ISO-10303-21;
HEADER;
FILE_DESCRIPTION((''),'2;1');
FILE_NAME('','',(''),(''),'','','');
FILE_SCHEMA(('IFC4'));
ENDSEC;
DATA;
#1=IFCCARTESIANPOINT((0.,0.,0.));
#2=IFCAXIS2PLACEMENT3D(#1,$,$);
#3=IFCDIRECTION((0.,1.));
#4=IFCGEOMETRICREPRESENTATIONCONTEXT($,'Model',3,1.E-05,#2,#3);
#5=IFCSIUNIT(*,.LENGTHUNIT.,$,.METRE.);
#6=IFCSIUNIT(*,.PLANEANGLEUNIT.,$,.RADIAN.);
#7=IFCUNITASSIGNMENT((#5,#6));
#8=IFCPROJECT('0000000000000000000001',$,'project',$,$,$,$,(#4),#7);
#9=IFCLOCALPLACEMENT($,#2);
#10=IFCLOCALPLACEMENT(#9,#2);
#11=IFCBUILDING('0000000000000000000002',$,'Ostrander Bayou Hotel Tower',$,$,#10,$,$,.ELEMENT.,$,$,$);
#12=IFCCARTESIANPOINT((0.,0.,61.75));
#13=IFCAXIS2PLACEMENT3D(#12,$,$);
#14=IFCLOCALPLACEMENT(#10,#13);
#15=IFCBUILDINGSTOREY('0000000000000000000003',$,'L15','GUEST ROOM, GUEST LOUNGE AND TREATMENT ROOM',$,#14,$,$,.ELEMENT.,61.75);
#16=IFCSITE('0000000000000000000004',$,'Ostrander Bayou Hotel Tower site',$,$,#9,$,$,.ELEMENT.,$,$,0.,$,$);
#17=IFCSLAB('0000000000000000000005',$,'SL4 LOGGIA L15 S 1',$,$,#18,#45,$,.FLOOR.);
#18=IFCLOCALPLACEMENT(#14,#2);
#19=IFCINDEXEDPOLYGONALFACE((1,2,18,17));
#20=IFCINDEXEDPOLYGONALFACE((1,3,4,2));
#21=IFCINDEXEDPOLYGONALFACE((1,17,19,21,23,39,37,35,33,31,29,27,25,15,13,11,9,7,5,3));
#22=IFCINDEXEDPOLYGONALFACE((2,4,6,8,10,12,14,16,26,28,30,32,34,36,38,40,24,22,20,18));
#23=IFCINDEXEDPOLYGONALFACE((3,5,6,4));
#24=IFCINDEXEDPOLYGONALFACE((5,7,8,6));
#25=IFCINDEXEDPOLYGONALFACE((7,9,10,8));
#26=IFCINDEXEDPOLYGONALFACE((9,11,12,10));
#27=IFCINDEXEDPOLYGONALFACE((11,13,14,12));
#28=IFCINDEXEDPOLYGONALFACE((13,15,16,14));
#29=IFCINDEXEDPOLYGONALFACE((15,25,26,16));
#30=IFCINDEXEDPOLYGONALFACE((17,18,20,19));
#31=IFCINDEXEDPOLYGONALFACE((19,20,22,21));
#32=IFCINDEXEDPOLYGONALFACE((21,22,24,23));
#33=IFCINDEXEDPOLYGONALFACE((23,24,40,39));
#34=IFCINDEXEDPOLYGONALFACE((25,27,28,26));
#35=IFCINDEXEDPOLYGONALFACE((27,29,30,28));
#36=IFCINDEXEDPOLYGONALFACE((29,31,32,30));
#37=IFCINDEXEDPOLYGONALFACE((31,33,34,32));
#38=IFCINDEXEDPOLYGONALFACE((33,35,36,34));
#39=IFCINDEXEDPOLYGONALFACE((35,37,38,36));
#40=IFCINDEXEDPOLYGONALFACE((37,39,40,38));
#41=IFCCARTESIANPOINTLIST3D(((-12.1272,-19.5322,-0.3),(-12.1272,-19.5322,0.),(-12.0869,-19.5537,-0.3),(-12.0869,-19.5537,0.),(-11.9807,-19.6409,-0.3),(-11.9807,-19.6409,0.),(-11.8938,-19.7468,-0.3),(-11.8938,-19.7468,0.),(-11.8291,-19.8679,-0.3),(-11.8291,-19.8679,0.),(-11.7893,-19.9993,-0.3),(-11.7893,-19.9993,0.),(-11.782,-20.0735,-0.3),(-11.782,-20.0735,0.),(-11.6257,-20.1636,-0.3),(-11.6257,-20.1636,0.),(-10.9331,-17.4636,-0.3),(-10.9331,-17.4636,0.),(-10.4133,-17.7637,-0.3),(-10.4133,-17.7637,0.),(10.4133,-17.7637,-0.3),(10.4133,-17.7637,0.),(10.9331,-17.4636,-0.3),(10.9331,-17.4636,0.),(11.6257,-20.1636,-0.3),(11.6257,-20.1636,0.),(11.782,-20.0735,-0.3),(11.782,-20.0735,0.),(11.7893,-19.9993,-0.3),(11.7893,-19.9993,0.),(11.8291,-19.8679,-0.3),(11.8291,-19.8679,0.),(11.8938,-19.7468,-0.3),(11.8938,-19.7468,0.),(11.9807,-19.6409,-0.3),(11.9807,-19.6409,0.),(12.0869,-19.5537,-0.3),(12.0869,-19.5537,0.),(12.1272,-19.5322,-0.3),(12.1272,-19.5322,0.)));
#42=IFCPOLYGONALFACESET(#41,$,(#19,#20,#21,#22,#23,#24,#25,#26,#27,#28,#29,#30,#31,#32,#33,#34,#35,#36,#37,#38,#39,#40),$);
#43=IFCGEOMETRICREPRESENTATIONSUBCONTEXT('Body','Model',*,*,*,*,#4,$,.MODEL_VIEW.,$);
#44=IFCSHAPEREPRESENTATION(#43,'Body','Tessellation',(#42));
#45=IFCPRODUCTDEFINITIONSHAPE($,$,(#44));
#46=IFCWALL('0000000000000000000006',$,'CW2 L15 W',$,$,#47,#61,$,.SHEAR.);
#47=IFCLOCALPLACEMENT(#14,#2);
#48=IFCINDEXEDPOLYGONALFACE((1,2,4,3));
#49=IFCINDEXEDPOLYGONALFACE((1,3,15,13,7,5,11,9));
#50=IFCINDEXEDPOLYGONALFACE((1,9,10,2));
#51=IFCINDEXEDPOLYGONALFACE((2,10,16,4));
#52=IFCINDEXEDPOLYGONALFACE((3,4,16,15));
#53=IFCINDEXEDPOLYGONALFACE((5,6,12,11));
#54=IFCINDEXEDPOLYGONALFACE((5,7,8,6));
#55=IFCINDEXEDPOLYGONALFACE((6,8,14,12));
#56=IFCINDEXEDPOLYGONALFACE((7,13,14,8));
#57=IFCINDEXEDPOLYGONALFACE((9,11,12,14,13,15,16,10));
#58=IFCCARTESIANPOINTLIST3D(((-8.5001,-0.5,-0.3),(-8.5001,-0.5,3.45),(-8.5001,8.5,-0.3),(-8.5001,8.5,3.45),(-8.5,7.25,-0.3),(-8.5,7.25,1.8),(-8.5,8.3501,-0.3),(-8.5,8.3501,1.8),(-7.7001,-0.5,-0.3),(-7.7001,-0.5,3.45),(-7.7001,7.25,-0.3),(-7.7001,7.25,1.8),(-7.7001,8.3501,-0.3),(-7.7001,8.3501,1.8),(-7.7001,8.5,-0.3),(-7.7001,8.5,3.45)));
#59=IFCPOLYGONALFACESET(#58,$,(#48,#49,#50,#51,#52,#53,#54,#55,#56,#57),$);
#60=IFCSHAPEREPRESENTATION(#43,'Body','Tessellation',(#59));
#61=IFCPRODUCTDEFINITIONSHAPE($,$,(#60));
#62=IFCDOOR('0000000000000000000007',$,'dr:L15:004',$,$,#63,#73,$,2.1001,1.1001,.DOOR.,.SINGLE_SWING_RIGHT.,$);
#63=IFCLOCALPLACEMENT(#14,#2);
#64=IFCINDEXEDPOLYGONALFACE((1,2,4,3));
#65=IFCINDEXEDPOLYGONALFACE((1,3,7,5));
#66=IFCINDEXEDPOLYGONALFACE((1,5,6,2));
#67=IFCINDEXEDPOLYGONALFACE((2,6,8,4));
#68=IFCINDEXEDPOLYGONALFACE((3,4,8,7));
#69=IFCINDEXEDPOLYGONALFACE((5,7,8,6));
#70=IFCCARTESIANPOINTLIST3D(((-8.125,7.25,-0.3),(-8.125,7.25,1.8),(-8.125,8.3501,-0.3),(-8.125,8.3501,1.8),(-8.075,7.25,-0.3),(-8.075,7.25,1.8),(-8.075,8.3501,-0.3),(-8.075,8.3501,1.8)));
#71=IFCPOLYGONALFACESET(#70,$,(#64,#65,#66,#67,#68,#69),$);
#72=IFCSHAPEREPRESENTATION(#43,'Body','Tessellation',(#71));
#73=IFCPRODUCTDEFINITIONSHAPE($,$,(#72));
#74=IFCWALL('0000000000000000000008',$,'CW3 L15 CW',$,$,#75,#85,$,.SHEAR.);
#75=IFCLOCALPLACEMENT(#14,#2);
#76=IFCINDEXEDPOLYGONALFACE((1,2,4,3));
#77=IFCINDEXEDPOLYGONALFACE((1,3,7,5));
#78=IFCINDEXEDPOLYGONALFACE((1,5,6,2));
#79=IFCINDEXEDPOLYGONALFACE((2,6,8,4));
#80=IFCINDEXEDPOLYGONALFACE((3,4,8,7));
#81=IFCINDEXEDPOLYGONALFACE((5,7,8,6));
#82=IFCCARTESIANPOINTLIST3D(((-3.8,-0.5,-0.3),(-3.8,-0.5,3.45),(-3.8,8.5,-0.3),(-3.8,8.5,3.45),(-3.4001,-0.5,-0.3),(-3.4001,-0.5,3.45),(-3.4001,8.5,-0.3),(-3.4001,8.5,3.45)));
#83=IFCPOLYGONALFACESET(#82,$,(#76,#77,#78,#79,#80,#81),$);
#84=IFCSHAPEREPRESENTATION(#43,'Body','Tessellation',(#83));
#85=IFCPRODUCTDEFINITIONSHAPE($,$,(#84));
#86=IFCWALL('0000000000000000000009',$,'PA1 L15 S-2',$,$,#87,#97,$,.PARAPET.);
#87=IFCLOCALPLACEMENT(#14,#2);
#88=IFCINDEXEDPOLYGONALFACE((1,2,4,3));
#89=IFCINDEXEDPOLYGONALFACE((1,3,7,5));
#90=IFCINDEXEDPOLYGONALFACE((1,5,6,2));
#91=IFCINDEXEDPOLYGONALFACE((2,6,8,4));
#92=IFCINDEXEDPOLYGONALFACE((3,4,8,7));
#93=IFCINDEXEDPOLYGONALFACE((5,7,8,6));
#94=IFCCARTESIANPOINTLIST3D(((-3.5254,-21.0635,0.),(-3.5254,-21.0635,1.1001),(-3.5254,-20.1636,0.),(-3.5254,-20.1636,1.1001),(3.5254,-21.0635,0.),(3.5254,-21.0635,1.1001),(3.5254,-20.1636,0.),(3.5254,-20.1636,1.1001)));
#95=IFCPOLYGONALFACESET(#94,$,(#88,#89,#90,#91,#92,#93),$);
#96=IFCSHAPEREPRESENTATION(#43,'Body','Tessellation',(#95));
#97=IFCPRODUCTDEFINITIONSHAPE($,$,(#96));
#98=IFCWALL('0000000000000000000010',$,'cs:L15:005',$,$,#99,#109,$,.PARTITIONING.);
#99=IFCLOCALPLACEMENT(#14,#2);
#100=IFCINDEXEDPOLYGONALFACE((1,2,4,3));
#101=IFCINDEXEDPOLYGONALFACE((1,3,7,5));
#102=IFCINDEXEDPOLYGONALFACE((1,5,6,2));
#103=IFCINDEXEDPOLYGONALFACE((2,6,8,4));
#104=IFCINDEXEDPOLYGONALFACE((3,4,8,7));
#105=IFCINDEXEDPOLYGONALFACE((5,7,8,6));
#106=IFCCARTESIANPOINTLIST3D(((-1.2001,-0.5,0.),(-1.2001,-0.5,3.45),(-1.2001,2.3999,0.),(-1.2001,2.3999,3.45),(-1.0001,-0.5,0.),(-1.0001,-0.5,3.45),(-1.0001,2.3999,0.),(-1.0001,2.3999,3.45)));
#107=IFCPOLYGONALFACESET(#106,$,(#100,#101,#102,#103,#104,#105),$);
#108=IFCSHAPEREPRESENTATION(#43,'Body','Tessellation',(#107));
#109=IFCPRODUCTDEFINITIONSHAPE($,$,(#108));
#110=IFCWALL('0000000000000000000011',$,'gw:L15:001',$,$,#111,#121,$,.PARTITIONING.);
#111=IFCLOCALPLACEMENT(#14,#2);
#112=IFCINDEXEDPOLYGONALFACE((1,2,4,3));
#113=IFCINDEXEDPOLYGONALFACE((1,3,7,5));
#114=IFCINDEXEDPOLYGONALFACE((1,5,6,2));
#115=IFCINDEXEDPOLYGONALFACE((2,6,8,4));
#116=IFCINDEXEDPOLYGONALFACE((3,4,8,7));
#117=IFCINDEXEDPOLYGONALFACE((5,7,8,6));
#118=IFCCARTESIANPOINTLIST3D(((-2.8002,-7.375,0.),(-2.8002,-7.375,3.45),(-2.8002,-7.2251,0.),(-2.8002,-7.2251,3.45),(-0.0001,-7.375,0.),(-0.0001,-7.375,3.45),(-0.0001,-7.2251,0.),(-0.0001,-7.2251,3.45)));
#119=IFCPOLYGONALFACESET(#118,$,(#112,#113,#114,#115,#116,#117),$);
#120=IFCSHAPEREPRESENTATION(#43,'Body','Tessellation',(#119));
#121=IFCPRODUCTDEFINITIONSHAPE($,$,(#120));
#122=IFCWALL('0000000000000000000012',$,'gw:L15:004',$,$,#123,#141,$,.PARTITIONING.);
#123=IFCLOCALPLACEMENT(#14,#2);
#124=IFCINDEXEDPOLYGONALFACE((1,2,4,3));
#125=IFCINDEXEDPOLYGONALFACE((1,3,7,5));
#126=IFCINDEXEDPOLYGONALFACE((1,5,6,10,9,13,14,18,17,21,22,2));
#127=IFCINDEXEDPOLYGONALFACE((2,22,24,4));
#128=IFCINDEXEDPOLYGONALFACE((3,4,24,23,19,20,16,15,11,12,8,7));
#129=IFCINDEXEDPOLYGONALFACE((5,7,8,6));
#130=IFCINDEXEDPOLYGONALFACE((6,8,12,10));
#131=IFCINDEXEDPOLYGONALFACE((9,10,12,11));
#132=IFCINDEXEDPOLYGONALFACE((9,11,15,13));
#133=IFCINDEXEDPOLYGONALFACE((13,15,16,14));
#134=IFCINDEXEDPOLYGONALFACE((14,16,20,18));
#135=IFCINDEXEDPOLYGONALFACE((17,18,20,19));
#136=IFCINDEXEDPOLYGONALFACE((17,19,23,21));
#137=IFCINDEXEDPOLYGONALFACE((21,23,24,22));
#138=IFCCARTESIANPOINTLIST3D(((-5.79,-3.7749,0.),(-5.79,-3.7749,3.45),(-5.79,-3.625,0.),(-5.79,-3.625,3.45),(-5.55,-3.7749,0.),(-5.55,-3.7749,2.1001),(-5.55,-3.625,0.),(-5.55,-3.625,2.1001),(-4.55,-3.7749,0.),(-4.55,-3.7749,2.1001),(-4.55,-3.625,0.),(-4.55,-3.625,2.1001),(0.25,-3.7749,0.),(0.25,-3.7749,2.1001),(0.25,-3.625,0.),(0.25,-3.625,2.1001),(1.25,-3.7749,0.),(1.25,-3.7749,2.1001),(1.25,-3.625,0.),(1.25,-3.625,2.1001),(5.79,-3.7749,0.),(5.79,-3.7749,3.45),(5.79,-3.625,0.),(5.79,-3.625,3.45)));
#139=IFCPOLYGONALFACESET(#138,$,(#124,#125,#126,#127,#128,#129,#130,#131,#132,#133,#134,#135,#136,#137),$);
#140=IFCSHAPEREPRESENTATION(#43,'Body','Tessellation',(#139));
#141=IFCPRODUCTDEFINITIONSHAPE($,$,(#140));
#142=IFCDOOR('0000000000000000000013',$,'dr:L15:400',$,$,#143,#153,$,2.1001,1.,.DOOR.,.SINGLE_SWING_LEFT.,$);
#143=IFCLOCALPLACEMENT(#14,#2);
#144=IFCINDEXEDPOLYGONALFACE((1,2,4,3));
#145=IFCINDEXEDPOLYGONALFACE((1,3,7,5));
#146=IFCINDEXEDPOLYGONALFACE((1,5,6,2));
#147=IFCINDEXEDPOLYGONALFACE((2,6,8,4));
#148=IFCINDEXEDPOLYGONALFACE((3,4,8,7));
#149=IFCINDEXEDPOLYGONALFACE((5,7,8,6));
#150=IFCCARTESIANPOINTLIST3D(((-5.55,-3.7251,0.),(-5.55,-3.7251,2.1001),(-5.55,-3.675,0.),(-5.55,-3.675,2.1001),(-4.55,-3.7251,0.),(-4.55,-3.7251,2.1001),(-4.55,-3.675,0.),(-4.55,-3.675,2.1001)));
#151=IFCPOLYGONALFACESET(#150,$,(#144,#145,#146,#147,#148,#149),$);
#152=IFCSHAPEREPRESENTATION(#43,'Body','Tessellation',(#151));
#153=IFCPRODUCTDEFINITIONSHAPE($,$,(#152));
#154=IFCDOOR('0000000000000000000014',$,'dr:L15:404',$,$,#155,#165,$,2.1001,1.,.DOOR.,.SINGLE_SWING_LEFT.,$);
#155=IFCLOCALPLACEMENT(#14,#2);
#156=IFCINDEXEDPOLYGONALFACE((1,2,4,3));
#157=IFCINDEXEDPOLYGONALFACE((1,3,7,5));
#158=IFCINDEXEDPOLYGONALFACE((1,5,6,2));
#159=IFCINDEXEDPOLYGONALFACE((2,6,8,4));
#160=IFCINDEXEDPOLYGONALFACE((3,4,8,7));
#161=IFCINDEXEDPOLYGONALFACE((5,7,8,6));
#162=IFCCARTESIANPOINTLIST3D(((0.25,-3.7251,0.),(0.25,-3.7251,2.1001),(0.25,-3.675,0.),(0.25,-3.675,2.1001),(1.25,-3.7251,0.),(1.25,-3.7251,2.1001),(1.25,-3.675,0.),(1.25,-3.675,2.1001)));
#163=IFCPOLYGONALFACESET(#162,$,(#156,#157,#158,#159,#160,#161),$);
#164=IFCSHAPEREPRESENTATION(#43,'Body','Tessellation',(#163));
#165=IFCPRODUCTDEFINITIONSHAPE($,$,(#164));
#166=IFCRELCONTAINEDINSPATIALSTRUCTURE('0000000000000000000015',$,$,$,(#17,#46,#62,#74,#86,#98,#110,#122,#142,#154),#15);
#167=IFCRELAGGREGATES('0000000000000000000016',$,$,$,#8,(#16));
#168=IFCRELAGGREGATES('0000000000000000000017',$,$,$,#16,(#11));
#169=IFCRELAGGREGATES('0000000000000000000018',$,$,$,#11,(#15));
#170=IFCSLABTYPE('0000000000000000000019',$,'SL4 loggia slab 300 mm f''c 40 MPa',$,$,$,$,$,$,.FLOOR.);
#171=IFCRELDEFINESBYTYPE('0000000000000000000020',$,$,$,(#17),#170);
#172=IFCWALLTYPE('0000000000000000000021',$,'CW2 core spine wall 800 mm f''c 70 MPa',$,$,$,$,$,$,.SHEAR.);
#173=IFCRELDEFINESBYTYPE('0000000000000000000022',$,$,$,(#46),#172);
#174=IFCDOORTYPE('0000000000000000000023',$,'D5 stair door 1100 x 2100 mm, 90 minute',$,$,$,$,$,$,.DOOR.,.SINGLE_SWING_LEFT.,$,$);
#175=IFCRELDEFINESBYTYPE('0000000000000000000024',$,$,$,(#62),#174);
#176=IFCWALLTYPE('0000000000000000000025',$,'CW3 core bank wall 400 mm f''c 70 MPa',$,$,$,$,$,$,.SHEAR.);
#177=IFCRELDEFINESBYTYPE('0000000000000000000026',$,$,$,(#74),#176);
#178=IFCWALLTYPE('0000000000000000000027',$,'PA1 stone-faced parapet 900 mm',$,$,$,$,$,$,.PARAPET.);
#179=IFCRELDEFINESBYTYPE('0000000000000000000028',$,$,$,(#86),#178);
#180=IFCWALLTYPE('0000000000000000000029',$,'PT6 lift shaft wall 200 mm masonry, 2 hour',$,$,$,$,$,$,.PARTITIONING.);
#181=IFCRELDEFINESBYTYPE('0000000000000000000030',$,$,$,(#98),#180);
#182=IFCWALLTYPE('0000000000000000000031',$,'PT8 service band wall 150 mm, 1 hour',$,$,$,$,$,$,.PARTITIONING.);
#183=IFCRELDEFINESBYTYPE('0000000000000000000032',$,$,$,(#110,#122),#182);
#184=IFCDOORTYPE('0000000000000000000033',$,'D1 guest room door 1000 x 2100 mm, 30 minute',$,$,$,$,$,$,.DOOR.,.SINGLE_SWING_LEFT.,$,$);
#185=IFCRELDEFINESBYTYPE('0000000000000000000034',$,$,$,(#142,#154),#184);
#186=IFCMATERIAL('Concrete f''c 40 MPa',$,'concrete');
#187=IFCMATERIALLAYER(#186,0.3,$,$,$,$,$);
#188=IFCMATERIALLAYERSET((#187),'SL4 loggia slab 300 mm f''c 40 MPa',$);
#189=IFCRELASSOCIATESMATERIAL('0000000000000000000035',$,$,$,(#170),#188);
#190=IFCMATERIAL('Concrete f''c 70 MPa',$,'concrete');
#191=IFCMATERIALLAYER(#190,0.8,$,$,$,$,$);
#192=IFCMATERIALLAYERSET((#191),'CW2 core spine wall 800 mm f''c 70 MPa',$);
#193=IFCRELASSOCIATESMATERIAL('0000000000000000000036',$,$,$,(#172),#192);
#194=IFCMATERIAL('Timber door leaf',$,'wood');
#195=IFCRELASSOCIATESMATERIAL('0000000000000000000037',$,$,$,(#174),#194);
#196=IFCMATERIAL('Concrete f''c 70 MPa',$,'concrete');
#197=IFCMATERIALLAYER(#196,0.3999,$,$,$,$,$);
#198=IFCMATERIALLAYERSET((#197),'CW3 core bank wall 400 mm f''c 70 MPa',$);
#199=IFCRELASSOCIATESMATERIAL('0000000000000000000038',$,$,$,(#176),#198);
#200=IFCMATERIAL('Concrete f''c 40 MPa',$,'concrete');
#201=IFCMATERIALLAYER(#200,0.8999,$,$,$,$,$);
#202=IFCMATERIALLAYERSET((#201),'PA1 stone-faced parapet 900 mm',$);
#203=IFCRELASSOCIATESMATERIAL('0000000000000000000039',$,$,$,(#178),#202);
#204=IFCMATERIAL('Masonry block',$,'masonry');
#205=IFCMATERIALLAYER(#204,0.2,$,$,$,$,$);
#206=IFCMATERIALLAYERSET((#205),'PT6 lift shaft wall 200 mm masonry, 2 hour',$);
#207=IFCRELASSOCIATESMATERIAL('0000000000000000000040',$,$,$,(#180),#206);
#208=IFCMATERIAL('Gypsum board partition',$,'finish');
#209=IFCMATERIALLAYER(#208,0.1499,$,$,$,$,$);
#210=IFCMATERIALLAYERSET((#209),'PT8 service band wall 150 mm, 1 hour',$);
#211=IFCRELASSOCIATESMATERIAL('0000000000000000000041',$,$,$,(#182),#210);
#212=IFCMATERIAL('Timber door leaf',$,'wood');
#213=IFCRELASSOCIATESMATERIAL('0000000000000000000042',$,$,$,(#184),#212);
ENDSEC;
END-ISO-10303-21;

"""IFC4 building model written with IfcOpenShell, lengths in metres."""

from ifc_helpers import new_model, si_unit, direction, frame, frame_2d, origin, place, context, subcontext, project, spatial, polyline, rectangle, outline, extrude, material, layer, layer_set, type_object, element, fill, save


model = new_model("IFC4")

# Units and contexts
model_context = context("Model", 3, precision=1e-05, world=origin(), true_north=direction((0.0, 1.0)))
body_context = subcontext(model_context, "Body", "Model", "MODEL_VIEW")
ifc_project = project(units=[si_unit("LENGTHUNIT", "METRE"), si_unit("PLANEANGLEUNIT", "RADIAN")], contexts=[model_context])

# Site, building, storey
site_placement = place(None, origin())
site = spatial("IfcSite", under=ifc_project, at=site_placement, Name="Ostrander Bayou Hotel Tower site", CompositionType="ELEMENT", RefElevation=0.0)
building_placement = place(site_placement, origin())
building = spatial("IfcBuilding", under=site, at=building_placement, Name="Ostrander Bayou Hotel Tower", CompositionType="ELEMENT")
storey_placement = place(building_placement, frame((0.0, 0.0, 61.75)))
storey = spatial("IfcBuildingStorey", under=building, at=storey_placement, Name="L15", Description="GUEST ROOM, GUEST LOUNGE AND TREATMENT ROOM", CompositionType="ELEMENT", Elevation=61.75)

# Slab
ifc_material_1 = material(Name="Concrete f'c 40 MPa", Category="concrete")
ifc_layer_1 = layer(ifc_material_1, 0.3)
ifc_layer_set_1 = layer_set([ifc_layer_1], Name="SL4 loggia slab 300 mm f'c 40 MPa")
slab_type_1 = type_object("IfcSlabType", Name="SL4 loggia slab 300 mm f'c 40 MPa", PredefinedType="FLOOR", material=ifc_layer_set_1)
slab_1_placement = place(storey_placement, frame((0.0, 0.0, -0.3)))
element("IfcSlab", 1, at=slab_1_placement, inside=storey, type_object=slab_type_1, Name="SL4 LOGGIA L15 S 1", PredefinedType="FLOOR", context=body_context, shape_type="SweptSolid", body=[
    extrude(outline(polyline([(10.9331, -17.4636), (12.1272, -19.5322), (12.0869, -19.5537), (11.9807, -19.6409), (11.8938, -19.7468), (11.8291, -19.8679), (11.7893, -19.9993), (11.782, -20.0735), (11.6257, -20.1636), (-11.6257, -20.1636), (-11.782, -20.0735), (-11.7893, -19.9993), (-11.8291, -19.8679), (-11.8938, -19.7468), (-11.9807, -19.6409), (-12.0869, -19.5537), (-12.1272, -19.5322), (-10.9331, -17.4636), (-10.4133, -17.7637), (10.4133, -17.7637), (10.9331, -17.4636)])), origin(), (0.0, 0.0, 1.0), 0.3),
])

# Wall, opening, door
ifc_material_2 = material(Name="Concrete f'c 70 MPa", Category="concrete")
ifc_layer_2 = layer(ifc_material_2, 0.8)
ifc_layer_set_2 = layer_set([ifc_layer_2], Name="CW2 core spine wall 800 mm f'c 70 MPa")
wall_type_1 = type_object("IfcWallType", Name="CW2 core spine wall 800 mm f'c 70 MPa", PredefinedType="SHEAR", material=ifc_layer_set_2)
wall_1_placement = place(storey_placement, frame((-8.1001, -0.5, -0.3), z_axis=(0.0, 0.0, 1.0), x_axis=(0.0, 1.0, 0.0)))
wall_1 = element("IfcWall", 2, at=wall_1_placement, inside=storey, type_object=wall_type_1, Name="CW2 L15 W", PredefinedType="SHEAR", context=body_context, shape_type="SweptSolid", body=[
    extrude(rectangle(XDim=9.0, YDim=0.8, at=frame_2d((4.5, 0.0))), origin(), (0.0, 0.0, 1.0), 3.75),
])
opening_1_placement = place(wall_1_placement, frame((7.75, 0.0, 0.0)))
opening_1 = element("IfcOpeningElement", 3, at=opening_1_placement, cuts=wall_1, PredefinedType="OPENING", context=body_context, shape_type="SweptSolid", body=[
    extrude(rectangle(XDim=1.1001, YDim=2.1001, at=frame_2d((0.55, 1.05))), frame((0.0, 0.3999, 0.0), z_axis=(0.0, -1.0, 0.0), x_axis=(1.0, 0.0, 0.0)), (0.0, 0.0, 1.0), 0.8),
])
ifc_material_3 = material(Name="Timber door leaf", Category="wood")
door_type_1 = type_object("IfcDoorType", Name="D5 stair door 1100 x 2100 mm, 90 minute", OperationType="SINGLE_SWING_LEFT", PredefinedType="DOOR", material=ifc_material_3)
door_1_placement = place(opening_1_placement, origin())
door_1 = element("IfcDoor", 4, at=door_1_placement, inside=storey, type_object=door_type_1, Name="dr:L15:004", OperationType="SINGLE_SWING_RIGHT", OverallHeight=2.1001, OverallWidth=1.1001, PredefinedType="DOOR", context=body_context, shape_type="SweptSolid", body=[
    extrude(rectangle(XDim=1.1001, YDim=2.1001, at=frame_2d((0.55, 1.05))), frame((0.0, 0.0249, 0.0), z_axis=(0.0, -1.0, 0.0), x_axis=(1.0, 0.0, 0.0)), (0.0, 0.0, 1.0), 0.05),
])
fill(opening_1, door_1)

# Walls
ifc_material_4 = material(Name="Concrete f'c 70 MPa", Category="concrete")
ifc_layer_3 = layer(ifc_material_4, 0.3999)
ifc_layer_set_3 = layer_set([ifc_layer_3], Name="CW3 core bank wall 400 mm f'c 70 MPa")
wall_type_2 = type_object("IfcWallType", Name="CW3 core bank wall 400 mm f'c 70 MPa", PredefinedType="SHEAR", material=ifc_layer_set_3)
wall_2_placement = place(storey_placement, frame((-3.6001, -0.5, -0.3), z_axis=(0.0, 0.0, 1.0), x_axis=(0.0, 1.0, 0.0)))
element("IfcWall", 5, at=wall_2_placement, inside=storey, type_object=wall_type_2, Name="CW3 L15 CW", PredefinedType="SHEAR", context=body_context, shape_type="SweptSolid", body=[
    extrude(rectangle(XDim=9.0, YDim=0.3999, at=frame_2d((4.5, 0.0))), origin(), (0.0, 0.0, 1.0), 3.75),
])
ifc_material_5 = material(Name="Concrete f'c 40 MPa", Category="concrete")
ifc_layer_4 = layer(ifc_material_5, 0.8999)
ifc_layer_set_4 = layer_set([ifc_layer_4], Name="PA1 stone-faced parapet 900 mm")
wall_type_3 = type_object("IfcWallType", Name="PA1 stone-faced parapet 900 mm", PredefinedType="PARAPET", material=ifc_layer_set_4)
wall_3_placement = place(storey_placement, frame((-3.5254, -20.6135, 0.0), z_axis=(0.0, 0.0, 1.0), x_axis=(1.0, 0.0, 0.0)))
element("IfcWall", 6, at=wall_3_placement, inside=storey, type_object=wall_type_3, Name="PA1 L15 S-2", PredefinedType="PARAPET", context=body_context, shape_type="SweptSolid", body=[
    extrude(rectangle(XDim=7.0508, YDim=0.8999, at=frame_2d((3.5254, 0.0))), origin(), (0.0, 0.0, 1.0), 1.1001),
])
ifc_material_6 = material(Name="Masonry block", Category="masonry")
ifc_layer_5 = layer(ifc_material_6, 0.2)
ifc_layer_set_5 = layer_set([ifc_layer_5], Name="PT6 lift shaft wall 200 mm masonry, 2 hour")
wall_type_4 = type_object("IfcWallType", Name="PT6 lift shaft wall 200 mm masonry, 2 hour", PredefinedType="PARTITIONING", material=ifc_layer_set_5)
wall_4_placement = place(storey_placement, frame((-1.1001, -0.5, 0.0), z_axis=(0.0, 0.0, 1.0), x_axis=(0.0, 1.0, 0.0)))
element("IfcWall", 7, at=wall_4_placement, inside=storey, type_object=wall_type_4, Name="cs:L15:005", PredefinedType="PARTITIONING", context=body_context, shape_type="SweptSolid", body=[
    extrude(rectangle(XDim=2.8999, YDim=0.2, at=frame_2d((1.45, 0.0))), origin(), (0.0, 0.0, 1.0), 3.45),
])
ifc_material_7 = material(Name="Gypsum board partition", Category="finish")
ifc_layer_6 = layer(ifc_material_7, 0.1499)
ifc_layer_set_6 = layer_set([ifc_layer_6], Name="PT8 service band wall 150 mm, 1 hour")
wall_type_5 = type_object("IfcWallType", Name="PT8 service band wall 150 mm, 1 hour", PredefinedType="PARTITIONING", material=ifc_layer_set_6)
wall_5_placement = place(storey_placement, frame((-2.8, -7.3, 0.0), z_axis=(0.0, 0.0, 1.0), x_axis=(1.0, 0.0, 0.0)))
element("IfcWall", 8, at=wall_5_placement, inside=storey, type_object=wall_type_5, Name="gw:L15:001", PredefinedType="PARTITIONING", context=body_context, shape_type="SweptSolid", body=[
    extrude(rectangle(XDim=2.8, YDim=0.1499, at=frame_2d((1.3999, 0.0))), origin(), (0.0, 0.0, 1.0), 3.45),
])

# Wall, openings, doors
wall_6_placement = place(storey_placement, frame((-5.79, -3.7, 0.0), z_axis=(0.0, 0.0, 1.0), x_axis=(1.0, 0.0, 0.0)))
wall_6 = element("IfcWall", 9, at=wall_6_placement, inside=storey, type_object=wall_type_5, Name="gw:L15:004", PredefinedType="PARTITIONING", context=body_context, shape_type="SweptSolid", body=[
    extrude(rectangle(XDim=11.5801, YDim=0.1499, at=frame_2d((5.79, 0.0))), origin(), (0.0, 0.0, 1.0), 3.45),
])
opening_2_placement = place(wall_6_placement, frame((0.24, 0.0, 0.0)))
opening_2 = element("IfcOpeningElement", 10, at=opening_2_placement, cuts=wall_6, PredefinedType="OPENING", context=body_context, shape_type="SweptSolid", body=[
    extrude(rectangle(XDim=1.0, YDim=2.1001, at=frame_2d((0.5, 1.05))), frame((0.0, 0.075, 0.0), z_axis=(0.0, -1.0, 0.0), x_axis=(1.0, 0.0, 0.0)), (0.0, 0.0, 1.0), 0.1499),
])
opening_3_placement = place(wall_6_placement, frame((6.04, 0.0, 0.0)))
opening_3 = element("IfcOpeningElement", 11, at=opening_3_placement, cuts=wall_6, PredefinedType="OPENING", context=body_context, shape_type="SweptSolid", body=[
    extrude(rectangle(XDim=1.0, YDim=2.1001, at=frame_2d((0.5, 1.05))), frame((0.0, 0.075, 0.0), z_axis=(0.0, -1.0, 0.0), x_axis=(1.0, 0.0, 0.0)), (0.0, 0.0, 1.0), 0.1499),
])
ifc_material_8 = material(Name="Timber door leaf", Category="wood")
door_type_2 = type_object("IfcDoorType", Name="D1 guest room door 1000 x 2100 mm, 30 minute", OperationType="SINGLE_SWING_LEFT", PredefinedType="DOOR", material=ifc_material_8)
door_2_placement = place(opening_2_placement, origin())
door_2 = element("IfcDoor", 12, at=door_2_placement, inside=storey, type_object=door_type_2, Name="dr:L15:400", OperationType="SINGLE_SWING_LEFT", OverallHeight=2.1001, OverallWidth=1.0, PredefinedType="DOOR", context=body_context, shape_type="SweptSolid", body=[
    extrude(rectangle(XDim=1.0, YDim=2.1001, at=frame_2d((0.5, 1.05))), frame((0.0, 0.0249, 0.0), z_axis=(0.0, -1.0, 0.0), x_axis=(1.0, 0.0, 0.0)), (0.0, 0.0, 1.0), 0.05),
])
fill(opening_2, door_2)
door_3_placement = place(opening_3_placement, origin())
door_3 = element("IfcDoor", 13, at=door_3_placement, inside=storey, type_object=door_type_2, Name="dr:L15:404", OperationType="SINGLE_SWING_LEFT", OverallHeight=2.1001, OverallWidth=1.0, PredefinedType="DOOR", context=body_context, shape_type="SweptSolid", body=[
    extrude(rectangle(XDim=1.0, YDim=2.1001, at=frame_2d((0.5, 1.05))), frame((0.0, 0.0249, 0.0), z_axis=(0.0, -1.0, 0.0), x_axis=(1.0, 0.0, 0.0)), (0.0, 0.0, 1.0), 0.05),
])
fill(opening_3, door_3)

save(model, "model.ifc")
